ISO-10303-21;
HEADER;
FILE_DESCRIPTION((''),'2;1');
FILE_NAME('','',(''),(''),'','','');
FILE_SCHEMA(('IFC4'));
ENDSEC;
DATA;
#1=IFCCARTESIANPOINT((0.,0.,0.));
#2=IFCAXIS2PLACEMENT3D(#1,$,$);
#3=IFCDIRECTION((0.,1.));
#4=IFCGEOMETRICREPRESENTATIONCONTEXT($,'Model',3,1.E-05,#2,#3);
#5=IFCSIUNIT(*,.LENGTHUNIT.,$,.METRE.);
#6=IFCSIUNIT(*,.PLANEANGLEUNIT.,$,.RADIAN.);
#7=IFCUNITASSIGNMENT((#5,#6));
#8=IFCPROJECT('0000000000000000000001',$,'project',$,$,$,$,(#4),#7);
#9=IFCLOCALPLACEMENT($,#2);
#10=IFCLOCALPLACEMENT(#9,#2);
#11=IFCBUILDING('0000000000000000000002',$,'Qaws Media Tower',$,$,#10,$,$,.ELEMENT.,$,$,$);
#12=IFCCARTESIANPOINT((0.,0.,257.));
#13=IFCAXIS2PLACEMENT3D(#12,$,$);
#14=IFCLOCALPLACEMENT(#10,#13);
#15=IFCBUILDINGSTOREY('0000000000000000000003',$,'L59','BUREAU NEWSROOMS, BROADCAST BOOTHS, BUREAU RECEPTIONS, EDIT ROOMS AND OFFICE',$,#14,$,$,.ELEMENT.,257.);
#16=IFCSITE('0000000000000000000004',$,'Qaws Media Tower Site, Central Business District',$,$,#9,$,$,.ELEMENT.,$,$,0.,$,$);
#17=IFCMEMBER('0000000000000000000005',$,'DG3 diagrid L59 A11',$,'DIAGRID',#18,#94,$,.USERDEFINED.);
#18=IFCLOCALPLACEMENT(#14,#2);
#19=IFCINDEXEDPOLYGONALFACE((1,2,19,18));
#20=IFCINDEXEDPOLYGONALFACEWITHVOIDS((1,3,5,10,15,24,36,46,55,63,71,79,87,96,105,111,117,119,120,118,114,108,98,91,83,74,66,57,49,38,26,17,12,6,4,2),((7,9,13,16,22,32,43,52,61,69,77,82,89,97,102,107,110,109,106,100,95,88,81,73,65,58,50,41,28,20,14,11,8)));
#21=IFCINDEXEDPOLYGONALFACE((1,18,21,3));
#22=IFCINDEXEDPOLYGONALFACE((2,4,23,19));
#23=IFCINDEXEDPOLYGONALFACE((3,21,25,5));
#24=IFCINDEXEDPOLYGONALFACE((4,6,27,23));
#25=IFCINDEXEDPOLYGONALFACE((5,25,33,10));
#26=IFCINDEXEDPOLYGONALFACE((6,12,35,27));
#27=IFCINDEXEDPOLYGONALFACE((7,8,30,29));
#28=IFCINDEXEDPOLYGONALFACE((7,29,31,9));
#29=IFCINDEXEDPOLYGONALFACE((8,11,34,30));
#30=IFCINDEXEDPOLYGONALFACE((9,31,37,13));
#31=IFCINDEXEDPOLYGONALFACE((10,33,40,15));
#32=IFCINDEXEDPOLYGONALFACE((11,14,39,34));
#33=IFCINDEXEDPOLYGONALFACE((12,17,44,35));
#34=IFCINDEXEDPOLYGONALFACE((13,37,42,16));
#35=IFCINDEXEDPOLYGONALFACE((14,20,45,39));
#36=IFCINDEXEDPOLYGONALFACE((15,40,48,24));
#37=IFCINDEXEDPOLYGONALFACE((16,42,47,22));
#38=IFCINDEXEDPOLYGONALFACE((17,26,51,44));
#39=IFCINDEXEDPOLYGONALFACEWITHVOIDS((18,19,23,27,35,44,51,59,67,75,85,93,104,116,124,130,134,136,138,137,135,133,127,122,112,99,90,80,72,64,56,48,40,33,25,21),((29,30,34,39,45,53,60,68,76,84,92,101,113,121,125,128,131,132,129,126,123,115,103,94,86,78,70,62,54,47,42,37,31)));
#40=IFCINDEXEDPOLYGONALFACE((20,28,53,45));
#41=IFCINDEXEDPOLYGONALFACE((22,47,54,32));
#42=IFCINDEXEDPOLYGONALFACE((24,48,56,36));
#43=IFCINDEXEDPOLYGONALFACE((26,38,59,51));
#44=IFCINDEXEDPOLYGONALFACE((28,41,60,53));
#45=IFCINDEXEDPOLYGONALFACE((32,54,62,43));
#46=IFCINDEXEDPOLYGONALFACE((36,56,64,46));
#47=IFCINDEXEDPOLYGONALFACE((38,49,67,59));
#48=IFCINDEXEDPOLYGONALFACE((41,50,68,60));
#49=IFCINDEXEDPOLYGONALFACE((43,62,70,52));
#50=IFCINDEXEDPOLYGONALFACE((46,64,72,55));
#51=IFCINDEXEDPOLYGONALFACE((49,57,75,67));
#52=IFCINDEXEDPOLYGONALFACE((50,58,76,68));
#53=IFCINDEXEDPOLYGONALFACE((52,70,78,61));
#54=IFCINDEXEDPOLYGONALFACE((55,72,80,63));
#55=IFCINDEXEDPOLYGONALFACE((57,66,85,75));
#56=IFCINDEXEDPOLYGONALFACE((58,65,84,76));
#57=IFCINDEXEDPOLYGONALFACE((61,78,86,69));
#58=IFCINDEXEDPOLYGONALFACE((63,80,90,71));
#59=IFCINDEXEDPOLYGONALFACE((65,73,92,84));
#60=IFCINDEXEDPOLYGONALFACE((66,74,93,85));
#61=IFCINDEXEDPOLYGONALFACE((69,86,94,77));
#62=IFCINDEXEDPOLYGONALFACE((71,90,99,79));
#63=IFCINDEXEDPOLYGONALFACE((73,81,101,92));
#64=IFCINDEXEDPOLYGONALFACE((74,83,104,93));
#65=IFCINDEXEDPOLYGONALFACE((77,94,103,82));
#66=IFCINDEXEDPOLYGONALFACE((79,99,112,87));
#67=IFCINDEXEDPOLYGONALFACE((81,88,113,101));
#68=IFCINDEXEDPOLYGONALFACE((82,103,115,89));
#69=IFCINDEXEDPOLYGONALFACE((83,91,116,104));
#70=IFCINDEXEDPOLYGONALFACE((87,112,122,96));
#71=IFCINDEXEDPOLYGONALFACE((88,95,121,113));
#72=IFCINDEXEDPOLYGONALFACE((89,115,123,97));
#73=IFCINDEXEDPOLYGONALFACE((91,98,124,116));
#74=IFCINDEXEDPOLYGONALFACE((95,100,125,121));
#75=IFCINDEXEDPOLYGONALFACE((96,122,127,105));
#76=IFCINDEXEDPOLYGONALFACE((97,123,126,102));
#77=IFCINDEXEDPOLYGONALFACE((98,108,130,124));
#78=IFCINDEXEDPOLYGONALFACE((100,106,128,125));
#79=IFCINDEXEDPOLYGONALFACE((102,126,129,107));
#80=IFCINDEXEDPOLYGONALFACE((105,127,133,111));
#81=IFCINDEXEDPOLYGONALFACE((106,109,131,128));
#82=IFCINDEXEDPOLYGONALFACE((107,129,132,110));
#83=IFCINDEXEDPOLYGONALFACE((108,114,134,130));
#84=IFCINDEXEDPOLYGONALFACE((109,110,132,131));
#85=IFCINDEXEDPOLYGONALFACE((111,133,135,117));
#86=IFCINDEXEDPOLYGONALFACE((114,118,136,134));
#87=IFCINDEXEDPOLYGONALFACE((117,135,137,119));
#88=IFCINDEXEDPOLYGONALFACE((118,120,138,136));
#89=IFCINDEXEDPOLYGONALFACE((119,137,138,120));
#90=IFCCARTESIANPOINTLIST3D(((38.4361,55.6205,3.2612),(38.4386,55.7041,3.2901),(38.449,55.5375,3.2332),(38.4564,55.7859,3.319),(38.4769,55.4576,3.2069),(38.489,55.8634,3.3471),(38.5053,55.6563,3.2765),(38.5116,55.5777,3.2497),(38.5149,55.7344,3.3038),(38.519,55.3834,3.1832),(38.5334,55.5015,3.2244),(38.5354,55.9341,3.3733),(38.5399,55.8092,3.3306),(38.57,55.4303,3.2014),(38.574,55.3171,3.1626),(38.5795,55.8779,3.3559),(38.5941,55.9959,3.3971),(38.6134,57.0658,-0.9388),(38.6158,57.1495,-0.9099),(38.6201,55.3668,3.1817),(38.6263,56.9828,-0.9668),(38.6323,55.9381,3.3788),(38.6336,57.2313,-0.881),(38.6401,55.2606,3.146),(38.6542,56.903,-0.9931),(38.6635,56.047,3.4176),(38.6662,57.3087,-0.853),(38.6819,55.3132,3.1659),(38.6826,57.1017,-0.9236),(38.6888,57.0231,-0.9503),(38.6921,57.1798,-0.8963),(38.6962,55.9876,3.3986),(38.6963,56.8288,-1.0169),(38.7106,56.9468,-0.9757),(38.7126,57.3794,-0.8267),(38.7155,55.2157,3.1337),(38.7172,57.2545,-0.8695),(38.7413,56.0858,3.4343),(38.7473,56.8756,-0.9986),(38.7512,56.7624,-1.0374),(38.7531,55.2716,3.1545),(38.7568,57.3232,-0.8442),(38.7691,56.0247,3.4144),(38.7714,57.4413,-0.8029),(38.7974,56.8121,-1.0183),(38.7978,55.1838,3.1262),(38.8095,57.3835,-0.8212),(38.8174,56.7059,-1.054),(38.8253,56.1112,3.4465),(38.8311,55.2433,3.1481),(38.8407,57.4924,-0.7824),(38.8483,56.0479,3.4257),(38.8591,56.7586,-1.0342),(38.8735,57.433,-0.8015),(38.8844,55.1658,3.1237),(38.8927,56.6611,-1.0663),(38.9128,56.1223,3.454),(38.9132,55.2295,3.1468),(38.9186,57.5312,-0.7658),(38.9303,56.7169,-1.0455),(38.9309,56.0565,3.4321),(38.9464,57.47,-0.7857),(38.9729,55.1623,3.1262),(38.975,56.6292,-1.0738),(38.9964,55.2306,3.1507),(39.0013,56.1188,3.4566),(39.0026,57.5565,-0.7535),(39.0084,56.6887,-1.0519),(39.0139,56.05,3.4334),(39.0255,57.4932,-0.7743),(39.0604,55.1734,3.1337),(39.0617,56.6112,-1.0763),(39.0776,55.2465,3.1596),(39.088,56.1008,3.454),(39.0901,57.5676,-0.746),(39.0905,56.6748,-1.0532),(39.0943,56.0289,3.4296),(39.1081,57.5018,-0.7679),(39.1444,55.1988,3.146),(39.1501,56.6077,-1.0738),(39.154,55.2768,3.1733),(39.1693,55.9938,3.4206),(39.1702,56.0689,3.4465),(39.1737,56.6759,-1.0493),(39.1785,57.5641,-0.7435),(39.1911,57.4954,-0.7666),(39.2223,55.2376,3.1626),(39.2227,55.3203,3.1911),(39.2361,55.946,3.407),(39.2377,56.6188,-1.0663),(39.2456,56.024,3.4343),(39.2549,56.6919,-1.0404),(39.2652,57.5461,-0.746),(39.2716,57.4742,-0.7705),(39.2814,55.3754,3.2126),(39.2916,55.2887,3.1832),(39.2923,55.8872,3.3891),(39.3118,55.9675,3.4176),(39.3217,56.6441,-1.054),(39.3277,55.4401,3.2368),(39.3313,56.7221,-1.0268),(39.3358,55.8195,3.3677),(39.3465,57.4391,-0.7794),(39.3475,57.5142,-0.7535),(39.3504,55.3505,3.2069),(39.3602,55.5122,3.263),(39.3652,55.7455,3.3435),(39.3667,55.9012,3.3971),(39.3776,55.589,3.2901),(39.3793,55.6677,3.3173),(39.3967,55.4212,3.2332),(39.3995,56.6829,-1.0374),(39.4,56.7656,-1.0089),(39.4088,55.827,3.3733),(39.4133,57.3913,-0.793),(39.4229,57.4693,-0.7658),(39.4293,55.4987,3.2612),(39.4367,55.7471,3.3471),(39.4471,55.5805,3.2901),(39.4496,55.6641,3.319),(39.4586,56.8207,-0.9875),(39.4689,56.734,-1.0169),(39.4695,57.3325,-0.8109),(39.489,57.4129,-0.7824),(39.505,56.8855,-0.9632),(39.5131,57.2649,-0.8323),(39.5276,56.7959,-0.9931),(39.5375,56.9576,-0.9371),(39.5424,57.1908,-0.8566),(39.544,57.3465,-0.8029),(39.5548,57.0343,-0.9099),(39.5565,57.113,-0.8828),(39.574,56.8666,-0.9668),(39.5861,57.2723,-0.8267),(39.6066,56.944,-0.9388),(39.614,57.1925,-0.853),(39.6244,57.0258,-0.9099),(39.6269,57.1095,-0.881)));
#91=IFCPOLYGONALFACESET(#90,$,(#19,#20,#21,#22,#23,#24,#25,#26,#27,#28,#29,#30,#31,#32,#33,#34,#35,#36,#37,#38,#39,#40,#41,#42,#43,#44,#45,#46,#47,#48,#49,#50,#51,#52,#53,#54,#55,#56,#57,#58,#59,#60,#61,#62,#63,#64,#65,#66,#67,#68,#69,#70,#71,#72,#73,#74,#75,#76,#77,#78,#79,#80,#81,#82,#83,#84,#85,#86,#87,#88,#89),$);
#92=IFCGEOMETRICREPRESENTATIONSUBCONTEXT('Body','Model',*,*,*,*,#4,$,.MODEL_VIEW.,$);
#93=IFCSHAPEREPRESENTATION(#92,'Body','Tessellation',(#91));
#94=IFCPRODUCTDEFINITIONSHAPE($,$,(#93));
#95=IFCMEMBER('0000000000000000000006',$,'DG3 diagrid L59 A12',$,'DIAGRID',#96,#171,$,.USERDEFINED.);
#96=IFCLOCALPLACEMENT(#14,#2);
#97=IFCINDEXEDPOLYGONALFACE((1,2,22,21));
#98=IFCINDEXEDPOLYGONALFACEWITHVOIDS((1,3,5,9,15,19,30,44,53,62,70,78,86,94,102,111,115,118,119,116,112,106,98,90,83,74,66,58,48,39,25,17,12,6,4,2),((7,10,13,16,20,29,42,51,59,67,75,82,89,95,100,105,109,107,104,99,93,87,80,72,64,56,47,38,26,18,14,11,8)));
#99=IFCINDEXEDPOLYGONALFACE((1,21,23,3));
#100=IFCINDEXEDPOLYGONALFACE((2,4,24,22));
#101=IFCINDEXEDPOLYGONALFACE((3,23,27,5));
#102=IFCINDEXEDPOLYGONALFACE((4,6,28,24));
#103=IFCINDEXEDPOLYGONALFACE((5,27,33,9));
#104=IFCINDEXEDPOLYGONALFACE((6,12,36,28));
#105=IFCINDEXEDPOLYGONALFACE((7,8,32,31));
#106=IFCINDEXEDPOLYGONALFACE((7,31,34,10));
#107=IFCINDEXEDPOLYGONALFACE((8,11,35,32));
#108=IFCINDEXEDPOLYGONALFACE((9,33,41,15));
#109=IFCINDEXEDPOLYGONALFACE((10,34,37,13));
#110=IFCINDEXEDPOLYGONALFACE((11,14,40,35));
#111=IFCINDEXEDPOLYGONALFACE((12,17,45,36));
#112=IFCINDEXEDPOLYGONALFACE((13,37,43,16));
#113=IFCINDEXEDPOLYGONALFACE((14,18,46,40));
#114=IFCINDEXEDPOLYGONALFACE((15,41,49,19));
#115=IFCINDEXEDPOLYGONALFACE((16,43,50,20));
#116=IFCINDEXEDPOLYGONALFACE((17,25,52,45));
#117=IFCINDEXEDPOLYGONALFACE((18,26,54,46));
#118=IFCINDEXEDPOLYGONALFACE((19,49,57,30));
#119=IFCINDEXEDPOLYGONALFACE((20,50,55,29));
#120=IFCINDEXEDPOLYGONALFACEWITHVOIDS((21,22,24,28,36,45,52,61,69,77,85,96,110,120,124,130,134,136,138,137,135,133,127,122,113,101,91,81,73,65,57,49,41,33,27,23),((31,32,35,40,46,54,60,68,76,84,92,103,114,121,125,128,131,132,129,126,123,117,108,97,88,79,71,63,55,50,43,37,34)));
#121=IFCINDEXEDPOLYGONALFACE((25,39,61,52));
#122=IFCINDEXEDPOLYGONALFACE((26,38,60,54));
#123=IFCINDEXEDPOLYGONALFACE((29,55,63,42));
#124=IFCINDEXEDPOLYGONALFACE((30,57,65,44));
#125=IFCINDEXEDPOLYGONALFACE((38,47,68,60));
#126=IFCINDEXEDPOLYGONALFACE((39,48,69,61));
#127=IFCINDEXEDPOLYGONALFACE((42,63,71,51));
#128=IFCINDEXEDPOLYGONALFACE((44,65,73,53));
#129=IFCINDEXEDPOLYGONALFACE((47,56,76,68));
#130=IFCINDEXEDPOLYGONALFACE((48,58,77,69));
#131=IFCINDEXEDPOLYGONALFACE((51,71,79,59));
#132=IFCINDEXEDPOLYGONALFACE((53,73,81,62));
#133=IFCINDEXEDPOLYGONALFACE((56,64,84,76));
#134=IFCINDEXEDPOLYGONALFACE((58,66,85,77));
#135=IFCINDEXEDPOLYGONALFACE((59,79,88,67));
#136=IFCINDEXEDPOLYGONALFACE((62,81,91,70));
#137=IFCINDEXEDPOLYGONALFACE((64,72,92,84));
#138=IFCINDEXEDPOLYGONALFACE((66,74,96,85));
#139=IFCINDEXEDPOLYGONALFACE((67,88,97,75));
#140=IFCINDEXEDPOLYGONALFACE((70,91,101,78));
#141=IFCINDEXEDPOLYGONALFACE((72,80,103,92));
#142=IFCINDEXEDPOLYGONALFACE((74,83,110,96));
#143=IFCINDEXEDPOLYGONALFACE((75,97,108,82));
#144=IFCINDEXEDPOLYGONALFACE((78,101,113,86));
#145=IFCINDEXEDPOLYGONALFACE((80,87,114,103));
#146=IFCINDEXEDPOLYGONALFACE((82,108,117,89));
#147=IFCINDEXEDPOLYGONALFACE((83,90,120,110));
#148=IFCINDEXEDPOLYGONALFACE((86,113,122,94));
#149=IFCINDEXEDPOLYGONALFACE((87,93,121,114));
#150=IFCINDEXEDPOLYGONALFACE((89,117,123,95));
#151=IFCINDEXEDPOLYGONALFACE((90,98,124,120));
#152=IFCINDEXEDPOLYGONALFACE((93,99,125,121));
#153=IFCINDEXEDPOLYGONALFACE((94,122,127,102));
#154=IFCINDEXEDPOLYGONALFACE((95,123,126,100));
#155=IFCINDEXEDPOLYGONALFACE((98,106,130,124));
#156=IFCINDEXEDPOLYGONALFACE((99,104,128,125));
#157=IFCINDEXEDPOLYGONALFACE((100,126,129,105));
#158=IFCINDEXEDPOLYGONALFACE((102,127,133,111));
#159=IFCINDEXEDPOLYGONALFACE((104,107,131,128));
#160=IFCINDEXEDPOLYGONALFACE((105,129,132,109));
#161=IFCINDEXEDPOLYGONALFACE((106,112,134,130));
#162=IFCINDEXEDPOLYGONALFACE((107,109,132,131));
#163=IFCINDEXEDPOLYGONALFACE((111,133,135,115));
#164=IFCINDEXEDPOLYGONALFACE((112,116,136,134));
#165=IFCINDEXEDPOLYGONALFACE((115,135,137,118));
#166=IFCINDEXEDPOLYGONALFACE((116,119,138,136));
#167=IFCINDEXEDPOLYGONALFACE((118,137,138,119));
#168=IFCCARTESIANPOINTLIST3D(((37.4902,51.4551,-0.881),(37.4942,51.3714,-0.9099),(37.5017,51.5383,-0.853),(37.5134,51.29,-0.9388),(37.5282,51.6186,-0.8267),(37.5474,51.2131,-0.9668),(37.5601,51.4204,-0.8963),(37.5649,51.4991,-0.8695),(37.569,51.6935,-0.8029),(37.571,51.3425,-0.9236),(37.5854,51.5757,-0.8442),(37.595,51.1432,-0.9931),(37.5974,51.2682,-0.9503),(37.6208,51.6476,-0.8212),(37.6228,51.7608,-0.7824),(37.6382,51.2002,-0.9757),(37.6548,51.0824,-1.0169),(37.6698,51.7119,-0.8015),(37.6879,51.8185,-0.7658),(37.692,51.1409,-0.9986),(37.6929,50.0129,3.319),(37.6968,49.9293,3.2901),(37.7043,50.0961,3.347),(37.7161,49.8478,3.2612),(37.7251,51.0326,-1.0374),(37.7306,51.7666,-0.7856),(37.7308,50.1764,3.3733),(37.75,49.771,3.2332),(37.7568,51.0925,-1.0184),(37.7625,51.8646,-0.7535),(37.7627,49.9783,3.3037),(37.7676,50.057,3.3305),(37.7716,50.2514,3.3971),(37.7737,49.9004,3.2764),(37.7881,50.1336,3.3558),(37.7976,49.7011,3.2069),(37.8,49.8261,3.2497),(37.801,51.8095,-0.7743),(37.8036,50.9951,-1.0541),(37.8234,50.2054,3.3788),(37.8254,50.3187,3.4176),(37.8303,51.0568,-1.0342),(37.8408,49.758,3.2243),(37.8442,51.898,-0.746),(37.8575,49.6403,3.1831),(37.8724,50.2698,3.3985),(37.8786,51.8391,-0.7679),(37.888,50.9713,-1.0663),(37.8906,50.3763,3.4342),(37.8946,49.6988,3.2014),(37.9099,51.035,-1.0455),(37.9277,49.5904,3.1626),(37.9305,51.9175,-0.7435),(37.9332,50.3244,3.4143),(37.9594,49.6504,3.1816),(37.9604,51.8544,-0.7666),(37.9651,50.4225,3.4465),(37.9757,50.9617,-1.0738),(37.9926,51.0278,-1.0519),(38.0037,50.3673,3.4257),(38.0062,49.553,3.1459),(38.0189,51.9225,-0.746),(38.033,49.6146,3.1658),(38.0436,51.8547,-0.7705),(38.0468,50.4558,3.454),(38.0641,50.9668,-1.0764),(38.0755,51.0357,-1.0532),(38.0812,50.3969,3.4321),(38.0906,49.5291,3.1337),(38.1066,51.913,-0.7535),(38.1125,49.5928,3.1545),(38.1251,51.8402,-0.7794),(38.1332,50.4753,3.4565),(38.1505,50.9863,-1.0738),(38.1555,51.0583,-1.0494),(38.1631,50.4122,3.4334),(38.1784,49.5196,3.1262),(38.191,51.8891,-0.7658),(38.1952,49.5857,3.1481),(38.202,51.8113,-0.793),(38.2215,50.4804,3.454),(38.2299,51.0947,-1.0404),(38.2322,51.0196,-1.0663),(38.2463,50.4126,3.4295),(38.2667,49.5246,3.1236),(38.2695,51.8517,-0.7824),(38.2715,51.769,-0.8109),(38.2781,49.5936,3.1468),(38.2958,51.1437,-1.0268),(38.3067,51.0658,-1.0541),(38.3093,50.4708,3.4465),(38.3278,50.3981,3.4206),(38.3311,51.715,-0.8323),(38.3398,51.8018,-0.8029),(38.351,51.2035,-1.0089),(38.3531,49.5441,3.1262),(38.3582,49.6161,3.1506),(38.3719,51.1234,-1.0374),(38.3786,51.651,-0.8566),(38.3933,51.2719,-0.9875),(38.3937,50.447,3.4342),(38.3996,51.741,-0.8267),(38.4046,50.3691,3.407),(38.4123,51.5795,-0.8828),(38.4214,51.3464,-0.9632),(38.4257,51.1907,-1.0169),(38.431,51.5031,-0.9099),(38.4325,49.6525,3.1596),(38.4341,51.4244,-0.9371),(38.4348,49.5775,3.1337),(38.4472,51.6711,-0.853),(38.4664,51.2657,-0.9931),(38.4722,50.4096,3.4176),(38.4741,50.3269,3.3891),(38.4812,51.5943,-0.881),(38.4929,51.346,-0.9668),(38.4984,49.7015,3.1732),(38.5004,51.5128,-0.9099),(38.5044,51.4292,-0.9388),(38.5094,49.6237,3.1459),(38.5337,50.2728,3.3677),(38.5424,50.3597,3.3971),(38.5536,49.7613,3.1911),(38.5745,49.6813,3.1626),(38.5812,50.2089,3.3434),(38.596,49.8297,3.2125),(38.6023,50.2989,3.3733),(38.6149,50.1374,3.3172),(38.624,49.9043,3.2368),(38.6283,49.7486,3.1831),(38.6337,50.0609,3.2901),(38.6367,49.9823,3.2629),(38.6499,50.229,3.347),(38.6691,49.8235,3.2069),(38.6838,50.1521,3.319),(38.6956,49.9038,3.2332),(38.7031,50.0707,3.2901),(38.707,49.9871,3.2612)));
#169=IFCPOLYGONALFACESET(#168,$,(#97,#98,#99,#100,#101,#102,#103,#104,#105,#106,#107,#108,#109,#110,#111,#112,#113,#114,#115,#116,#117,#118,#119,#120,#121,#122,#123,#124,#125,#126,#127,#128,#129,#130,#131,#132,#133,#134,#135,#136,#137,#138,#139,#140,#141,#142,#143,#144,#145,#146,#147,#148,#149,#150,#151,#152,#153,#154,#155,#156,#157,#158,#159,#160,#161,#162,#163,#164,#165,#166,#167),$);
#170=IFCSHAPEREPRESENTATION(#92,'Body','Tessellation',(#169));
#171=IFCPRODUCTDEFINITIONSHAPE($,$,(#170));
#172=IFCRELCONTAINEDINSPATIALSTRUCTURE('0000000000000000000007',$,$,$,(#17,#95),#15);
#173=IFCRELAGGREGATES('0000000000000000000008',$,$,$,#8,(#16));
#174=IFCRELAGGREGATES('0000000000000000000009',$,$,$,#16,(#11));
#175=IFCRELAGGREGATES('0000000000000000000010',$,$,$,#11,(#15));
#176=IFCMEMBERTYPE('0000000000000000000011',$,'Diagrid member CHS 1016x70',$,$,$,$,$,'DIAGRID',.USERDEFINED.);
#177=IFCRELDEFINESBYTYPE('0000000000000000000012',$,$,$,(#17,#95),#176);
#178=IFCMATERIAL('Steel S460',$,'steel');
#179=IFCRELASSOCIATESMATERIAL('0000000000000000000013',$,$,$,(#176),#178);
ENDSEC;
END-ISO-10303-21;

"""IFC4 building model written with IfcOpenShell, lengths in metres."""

from ifc_helpers import new_model, si_unit, direction, frame, origin, origin_2d, place, context, subcontext, project, spatial, hollow_circle, extrude, material, material_profile, profile_set, type_object, element, save


model = new_model("IFC4")

# Units and contexts
model_context = context("Model", 3, precision=1e-05, world=origin(), true_north=direction((0.0, 1.0)))
body_context = subcontext(model_context, "Body", "Model", "MODEL_VIEW")
ifc_project = project(units=[si_unit("LENGTHUNIT", "METRE"), si_unit("PLANEANGLEUNIT", "RADIAN")], contexts=[model_context])

# Site, building, storey
site_placement = place(None, origin())
site = spatial("IfcSite", under=ifc_project, at=site_placement, Name="Qaws Media Tower Site, Central Business District", CompositionType="ELEMENT", RefElevation=0.0)
building_placement = place(site_placement, origin())
building = spatial("IfcBuilding", under=site, at=building_placement, Name="Qaws Media Tower", CompositionType="ELEMENT")
storey_placement = place(building_placement, frame((0.0, 0.0, 257.0)))
storey = spatial("IfcBuildingStorey", under=building, at=storey_placement, Name="L59", Description="BUREAU NEWSROOMS, BROADCAST BOOTHS, BUREAU RECEPTIONS, EDIT ROOMS AND OFFICE", CompositionType="ELEMENT", Elevation=257.0)

# Members
ifc_material_1 = material(Name="Steel S460", Category="steel")
ifc_material_profile_1 = material_profile(ifc_material_1, hollow_circle(Radius=0.5081, WallThickness=0.0701, at=origin_2d()), Name="CHS 1016x70")
ifc_profile_set_1 = profile_set([ifc_material_profile_1], Name="Steel S460")
member_type_1 = type_object("IfcMemberType", Name="Diagrid member CHS 1016x70", ElementType="DIAGRID", PredefinedType="USERDEFINED", material=ifc_profile_set_1)
for number, where, z_axis, x_axis, name in (
    (1, (39.1201, 57.0876, -0.9099), (-0.039873, -0.325139, 0.944825), (0.992564, -0.121723, 0.0), "DG3 diagrid L59 A11"),
    (2, (37.9973, 51.4421, -0.9099), (0.045585, -0.324421, 0.944814), (0.990272, 0.139144, 0.0), "DG3 diagrid L59 A12"),
):
    element("IfcMember", number, at=place(storey_placement, frame(where, z_axis=z_axis, x_axis=x_axis)), inside=storey, type_object=member_type_1, Name=name, ObjectType="DIAGRID", PredefinedType="USERDEFINED", context=body_context, shape_type="SweptSolid", body=[
        extrude(hollow_circle(Radius=0.5081, WallThickness=0.0701, at=origin_2d()), origin(), (0.0, 0.0, 1.0), 4.4453),
    ])

save(model, "model.ifc")
